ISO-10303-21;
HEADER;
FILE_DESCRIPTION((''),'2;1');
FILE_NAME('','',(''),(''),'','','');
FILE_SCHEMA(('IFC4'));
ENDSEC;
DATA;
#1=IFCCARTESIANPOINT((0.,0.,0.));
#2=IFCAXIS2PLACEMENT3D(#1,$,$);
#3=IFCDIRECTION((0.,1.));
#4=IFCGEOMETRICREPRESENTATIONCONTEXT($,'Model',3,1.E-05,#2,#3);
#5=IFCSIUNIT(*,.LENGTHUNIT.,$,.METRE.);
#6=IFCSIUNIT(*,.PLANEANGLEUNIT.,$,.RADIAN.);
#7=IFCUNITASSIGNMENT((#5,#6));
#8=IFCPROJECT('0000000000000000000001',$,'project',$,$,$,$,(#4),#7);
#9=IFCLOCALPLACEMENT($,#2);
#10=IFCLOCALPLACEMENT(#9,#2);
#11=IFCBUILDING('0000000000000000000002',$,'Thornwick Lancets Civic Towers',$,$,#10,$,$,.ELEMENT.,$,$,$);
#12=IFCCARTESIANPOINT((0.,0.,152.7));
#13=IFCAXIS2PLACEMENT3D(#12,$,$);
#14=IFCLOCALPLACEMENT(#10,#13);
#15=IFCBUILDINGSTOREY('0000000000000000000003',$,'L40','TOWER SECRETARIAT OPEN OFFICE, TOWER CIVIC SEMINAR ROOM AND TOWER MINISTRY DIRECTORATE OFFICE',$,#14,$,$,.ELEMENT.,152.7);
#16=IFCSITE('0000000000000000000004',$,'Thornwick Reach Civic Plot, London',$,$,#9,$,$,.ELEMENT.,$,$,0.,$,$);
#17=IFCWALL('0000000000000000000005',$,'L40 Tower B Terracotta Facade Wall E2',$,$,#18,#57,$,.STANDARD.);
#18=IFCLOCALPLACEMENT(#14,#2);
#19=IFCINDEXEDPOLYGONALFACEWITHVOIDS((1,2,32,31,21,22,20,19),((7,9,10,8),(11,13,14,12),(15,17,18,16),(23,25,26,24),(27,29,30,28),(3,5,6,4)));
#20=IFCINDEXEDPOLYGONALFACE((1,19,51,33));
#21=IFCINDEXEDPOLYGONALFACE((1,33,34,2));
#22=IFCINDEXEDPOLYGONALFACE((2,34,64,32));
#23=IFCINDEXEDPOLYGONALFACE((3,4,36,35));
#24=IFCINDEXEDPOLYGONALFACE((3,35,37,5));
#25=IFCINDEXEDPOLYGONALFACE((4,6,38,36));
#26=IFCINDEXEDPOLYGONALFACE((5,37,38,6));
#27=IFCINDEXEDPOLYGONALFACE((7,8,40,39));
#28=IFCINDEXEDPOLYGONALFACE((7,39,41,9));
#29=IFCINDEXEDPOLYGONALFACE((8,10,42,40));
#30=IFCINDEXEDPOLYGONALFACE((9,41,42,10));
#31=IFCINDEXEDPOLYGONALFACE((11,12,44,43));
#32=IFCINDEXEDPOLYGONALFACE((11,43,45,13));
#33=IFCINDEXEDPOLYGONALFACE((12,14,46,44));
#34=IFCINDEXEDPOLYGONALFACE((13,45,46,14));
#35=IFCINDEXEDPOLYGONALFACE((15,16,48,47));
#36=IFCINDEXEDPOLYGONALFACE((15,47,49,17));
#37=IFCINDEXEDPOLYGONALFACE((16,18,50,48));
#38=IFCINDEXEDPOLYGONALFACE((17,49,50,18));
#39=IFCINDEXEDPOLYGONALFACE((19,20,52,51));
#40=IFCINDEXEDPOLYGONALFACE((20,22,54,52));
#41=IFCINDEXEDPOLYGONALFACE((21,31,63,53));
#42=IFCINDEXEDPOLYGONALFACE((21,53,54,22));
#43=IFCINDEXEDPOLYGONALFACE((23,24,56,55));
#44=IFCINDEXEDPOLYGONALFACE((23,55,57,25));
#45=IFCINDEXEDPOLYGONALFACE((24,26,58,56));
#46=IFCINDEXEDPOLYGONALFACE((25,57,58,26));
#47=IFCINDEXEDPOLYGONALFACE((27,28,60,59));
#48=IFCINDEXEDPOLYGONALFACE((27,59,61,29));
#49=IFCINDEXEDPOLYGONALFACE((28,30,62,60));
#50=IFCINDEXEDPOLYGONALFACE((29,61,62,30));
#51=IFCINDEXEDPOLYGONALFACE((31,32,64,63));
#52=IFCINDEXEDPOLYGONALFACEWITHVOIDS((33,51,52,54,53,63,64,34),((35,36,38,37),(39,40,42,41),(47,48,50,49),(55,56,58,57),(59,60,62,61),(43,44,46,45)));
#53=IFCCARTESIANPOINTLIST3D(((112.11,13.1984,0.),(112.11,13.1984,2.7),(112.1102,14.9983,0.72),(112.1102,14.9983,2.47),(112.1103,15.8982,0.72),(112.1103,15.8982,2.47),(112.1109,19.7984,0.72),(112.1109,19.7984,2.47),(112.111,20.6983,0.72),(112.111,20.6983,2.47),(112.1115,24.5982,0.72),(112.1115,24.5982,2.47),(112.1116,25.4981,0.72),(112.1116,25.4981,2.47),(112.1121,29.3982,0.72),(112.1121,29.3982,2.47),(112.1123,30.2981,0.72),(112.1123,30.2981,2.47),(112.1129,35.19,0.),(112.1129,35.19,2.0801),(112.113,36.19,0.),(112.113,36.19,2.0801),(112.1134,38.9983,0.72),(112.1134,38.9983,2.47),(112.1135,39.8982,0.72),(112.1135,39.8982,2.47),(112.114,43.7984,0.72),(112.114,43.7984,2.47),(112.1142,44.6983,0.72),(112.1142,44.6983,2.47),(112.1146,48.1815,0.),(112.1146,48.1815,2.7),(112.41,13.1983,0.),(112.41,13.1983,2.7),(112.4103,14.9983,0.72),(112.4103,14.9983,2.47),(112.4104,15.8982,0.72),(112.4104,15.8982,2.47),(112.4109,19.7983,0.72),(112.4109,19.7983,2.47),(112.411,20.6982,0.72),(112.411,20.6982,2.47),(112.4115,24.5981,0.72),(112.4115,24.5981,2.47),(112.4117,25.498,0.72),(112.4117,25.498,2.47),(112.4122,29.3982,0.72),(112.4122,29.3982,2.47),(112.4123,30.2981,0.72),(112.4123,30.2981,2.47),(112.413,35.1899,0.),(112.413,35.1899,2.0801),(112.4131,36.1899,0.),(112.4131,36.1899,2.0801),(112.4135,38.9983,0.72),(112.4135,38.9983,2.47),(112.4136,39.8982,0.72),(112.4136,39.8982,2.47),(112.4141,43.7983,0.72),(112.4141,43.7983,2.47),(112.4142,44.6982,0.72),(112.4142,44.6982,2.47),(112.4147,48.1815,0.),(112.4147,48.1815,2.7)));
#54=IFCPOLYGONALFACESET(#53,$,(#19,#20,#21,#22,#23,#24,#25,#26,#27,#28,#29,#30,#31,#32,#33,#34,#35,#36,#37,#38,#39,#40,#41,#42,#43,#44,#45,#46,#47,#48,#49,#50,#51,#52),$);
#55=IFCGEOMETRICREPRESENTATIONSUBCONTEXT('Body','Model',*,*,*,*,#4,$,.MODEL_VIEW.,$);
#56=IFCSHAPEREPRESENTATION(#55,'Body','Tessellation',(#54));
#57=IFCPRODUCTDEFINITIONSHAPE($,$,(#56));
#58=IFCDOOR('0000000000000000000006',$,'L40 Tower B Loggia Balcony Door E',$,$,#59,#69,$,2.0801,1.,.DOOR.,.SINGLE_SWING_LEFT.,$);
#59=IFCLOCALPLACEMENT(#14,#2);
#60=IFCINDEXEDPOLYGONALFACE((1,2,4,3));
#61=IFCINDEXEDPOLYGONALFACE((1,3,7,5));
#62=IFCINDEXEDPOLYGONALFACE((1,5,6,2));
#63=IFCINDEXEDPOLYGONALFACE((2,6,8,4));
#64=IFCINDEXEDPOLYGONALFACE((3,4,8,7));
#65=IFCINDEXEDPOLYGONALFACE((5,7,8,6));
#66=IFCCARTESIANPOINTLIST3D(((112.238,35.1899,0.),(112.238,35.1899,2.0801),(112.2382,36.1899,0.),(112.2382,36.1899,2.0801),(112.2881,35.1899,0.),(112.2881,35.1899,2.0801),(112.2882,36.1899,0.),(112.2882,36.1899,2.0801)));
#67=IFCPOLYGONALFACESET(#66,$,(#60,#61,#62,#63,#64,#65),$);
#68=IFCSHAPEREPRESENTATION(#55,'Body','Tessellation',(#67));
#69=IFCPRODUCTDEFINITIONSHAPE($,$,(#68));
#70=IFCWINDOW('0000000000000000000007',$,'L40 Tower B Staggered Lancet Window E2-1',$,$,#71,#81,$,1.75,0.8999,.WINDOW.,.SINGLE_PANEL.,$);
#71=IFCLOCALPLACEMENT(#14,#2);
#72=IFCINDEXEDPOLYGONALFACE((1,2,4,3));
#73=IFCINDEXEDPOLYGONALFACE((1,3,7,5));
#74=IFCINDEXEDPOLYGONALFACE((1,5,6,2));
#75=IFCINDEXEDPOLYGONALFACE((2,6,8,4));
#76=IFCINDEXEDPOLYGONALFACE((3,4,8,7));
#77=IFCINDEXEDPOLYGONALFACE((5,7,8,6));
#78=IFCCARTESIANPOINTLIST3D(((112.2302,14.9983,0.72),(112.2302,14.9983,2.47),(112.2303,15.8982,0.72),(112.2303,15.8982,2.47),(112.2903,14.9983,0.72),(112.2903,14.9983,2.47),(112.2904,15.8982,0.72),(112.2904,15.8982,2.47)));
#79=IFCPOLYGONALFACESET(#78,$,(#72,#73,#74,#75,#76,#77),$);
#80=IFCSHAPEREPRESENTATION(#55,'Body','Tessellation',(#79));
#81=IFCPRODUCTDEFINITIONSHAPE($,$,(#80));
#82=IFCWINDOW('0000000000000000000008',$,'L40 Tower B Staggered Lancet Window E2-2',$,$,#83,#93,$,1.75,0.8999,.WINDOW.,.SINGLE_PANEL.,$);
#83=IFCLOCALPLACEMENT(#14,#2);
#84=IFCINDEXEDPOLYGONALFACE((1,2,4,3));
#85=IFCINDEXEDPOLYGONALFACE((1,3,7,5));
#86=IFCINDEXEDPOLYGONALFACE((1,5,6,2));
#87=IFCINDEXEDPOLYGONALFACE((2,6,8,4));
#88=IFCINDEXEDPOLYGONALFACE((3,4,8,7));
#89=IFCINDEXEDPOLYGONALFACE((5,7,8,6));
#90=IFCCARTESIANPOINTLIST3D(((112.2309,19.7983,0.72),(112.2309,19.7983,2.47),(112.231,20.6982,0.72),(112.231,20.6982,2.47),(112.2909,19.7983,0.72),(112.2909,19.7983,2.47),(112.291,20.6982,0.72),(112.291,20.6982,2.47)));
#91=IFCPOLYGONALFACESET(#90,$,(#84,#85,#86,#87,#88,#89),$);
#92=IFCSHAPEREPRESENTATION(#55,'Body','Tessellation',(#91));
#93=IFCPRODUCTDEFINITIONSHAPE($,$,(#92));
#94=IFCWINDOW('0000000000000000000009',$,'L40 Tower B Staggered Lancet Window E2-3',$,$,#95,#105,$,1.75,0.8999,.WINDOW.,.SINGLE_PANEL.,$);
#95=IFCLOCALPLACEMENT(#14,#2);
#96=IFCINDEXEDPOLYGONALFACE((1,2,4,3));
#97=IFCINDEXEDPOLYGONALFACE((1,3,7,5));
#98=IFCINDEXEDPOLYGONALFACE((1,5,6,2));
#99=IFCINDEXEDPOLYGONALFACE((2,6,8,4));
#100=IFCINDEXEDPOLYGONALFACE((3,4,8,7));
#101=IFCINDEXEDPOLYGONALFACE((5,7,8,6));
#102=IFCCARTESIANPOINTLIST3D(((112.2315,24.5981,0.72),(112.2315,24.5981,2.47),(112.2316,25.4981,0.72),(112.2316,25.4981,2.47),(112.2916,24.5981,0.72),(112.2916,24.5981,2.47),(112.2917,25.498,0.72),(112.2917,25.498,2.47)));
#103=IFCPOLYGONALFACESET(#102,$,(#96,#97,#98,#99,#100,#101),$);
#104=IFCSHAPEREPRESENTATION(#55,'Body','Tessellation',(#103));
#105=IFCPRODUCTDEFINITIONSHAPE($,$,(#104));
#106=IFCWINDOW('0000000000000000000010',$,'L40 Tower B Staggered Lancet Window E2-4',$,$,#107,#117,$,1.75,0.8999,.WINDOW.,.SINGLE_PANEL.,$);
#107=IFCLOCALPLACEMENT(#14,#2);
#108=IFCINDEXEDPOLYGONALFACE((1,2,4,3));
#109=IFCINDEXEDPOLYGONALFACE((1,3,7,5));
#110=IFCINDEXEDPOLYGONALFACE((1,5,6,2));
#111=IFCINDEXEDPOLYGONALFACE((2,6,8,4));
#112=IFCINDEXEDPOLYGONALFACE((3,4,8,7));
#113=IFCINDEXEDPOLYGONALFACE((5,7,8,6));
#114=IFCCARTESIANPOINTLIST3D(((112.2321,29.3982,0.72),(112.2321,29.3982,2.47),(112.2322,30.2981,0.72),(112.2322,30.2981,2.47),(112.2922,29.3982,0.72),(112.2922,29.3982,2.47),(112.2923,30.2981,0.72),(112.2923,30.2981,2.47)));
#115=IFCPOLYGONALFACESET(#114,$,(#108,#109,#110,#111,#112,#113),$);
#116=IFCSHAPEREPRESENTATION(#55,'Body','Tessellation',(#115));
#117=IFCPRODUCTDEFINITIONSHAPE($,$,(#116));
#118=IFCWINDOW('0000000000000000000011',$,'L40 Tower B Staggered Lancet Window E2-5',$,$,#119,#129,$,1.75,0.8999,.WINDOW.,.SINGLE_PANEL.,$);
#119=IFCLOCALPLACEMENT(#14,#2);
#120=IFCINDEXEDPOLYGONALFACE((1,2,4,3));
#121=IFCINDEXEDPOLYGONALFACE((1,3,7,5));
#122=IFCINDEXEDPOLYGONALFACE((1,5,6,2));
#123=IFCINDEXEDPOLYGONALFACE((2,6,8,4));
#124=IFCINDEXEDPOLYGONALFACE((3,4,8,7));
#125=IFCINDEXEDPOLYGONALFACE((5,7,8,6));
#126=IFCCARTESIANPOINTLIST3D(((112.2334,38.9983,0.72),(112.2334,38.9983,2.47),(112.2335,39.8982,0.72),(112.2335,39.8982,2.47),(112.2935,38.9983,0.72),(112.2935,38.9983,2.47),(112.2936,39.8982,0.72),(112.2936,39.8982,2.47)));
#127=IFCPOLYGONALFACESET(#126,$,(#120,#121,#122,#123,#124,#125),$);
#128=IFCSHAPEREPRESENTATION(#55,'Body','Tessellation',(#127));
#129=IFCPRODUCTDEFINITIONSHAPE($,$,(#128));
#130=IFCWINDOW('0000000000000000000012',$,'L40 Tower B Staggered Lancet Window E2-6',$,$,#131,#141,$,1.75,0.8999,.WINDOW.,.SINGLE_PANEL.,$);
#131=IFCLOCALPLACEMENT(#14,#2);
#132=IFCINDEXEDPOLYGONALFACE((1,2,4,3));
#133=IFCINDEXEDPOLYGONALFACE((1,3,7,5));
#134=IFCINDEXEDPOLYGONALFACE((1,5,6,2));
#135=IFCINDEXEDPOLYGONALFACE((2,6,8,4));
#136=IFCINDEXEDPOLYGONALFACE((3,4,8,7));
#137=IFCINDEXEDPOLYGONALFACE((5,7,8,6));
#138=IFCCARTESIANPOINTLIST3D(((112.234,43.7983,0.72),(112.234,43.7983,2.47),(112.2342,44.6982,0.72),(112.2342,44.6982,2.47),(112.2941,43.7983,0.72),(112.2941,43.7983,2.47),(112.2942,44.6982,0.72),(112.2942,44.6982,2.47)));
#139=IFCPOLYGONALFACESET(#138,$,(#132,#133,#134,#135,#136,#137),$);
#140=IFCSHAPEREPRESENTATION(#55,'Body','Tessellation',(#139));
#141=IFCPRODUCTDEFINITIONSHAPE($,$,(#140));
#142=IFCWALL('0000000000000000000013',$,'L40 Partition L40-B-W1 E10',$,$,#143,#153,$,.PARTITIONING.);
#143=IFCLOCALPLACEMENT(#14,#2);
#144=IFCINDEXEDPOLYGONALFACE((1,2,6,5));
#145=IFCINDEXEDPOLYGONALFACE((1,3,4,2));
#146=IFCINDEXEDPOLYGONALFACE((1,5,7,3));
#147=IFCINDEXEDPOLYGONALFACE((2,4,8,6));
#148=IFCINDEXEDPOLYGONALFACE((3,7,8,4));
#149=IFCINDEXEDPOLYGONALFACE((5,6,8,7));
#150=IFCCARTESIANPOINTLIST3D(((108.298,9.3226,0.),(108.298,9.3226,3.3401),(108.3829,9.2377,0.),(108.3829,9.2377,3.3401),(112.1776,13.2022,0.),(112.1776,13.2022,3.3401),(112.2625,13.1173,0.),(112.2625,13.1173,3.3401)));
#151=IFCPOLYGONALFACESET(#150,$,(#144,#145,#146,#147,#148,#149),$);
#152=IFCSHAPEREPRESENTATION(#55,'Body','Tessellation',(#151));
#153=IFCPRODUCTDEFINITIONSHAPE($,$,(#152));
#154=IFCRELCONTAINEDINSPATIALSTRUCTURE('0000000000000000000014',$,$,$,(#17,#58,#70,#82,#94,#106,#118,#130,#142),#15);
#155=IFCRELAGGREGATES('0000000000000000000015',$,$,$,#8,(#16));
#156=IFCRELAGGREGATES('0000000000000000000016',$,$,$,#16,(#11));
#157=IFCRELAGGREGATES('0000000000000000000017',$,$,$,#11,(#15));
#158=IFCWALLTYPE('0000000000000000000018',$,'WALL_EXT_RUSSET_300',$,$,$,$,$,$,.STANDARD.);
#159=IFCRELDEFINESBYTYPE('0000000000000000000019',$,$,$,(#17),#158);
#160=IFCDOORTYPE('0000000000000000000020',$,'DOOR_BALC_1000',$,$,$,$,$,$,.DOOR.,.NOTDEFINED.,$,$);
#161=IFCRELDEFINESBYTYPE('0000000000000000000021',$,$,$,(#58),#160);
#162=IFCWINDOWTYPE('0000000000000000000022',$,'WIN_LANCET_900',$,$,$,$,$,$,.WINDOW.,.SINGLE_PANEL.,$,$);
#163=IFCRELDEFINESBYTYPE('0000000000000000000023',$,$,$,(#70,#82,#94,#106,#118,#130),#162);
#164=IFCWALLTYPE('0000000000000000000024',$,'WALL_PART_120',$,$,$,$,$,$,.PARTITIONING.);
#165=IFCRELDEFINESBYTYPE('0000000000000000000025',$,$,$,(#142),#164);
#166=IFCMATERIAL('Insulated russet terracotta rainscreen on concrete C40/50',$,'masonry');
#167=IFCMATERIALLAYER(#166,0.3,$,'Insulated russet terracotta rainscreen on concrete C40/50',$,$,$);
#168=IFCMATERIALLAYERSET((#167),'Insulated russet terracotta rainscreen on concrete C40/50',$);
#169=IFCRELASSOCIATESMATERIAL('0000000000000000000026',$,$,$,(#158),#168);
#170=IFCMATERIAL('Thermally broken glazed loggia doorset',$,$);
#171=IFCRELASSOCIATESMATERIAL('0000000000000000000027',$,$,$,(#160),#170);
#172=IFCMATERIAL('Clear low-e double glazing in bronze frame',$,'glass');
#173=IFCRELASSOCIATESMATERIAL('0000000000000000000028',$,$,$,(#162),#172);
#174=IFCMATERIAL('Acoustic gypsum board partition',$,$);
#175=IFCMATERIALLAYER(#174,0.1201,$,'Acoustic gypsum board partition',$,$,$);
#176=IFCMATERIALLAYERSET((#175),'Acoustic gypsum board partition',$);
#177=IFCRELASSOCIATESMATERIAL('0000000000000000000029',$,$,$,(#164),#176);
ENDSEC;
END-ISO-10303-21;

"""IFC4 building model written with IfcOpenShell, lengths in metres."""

from ifc_helpers import new_model, si_unit, direction, frame, frame_2d, origin, place, context, subcontext, project, spatial, rectangle, extrude, material, layer, layer_set, type_object, element, fill, save


model = new_model("IFC4")

# Units and contexts
model_context = context("Model", 3, precision=1e-05, world=origin(), true_north=direction((0.0, 1.0)))
body_context = subcontext(model_context, "Body", "Model", "MODEL_VIEW")
ifc_project = project(units=[si_unit("LENGTHUNIT", "METRE"), si_unit("PLANEANGLEUNIT", "RADIAN")], contexts=[model_context])

# Site, building, storey
site_placement = place(None, origin())
site = spatial("IfcSite", under=ifc_project, at=site_placement, Name="Thornwick Reach Civic Plot, London", CompositionType="ELEMENT", RefElevation=0.0)
building_placement = place(site_placement, origin())
building = spatial("IfcBuilding", under=site, at=building_placement, Name="Thornwick Lancets Civic Towers", CompositionType="ELEMENT")
storey_placement = place(building_placement, frame((0.0, 0.0, 152.7)))
storey = spatial("IfcBuildingStorey", under=building, at=storey_placement, Name="L40", Description="TOWER SECRETARIAT OPEN OFFICE, TOWER CIVIC SEMINAR ROOM AND TOWER MINISTRY DIRECTORATE OFFICE", CompositionType="ELEMENT", Elevation=152.7)

# Wall, openings, door, windows
ifc_material_1 = material(Name="Insulated russet terracotta rainscreen on concrete C40/50", Category="masonry")
ifc_layer_1 = layer(ifc_material_1, 0.3, Name="Insulated russet terracotta rainscreen on concrete C40/50")
ifc_layer_set_1 = layer_set([ifc_layer_1], Name="Insulated russet terracotta rainscreen on concrete C40/50")
wall_type_1 = type_object("IfcWallType", Name="WALL_EXT_RUSSET_300", PredefinedType="STANDARD", material=ifc_layer_set_1)
wall_1_placement = place(storey_placement, frame((112.26, 13.1982, 0.0), z_axis=(0.0, 0.0, 1.0), x_axis=(0.000133, 1.0, 0.0)))
wall_1 = element("IfcWall", 1, at=wall_1_placement, inside=storey, type_object=wall_type_1, Name="L40 Tower B Terracotta Facade Wall E2", PredefinedType="STANDARD", context=body_context, shape_type="SweptSolid", body=[
    extrude(rectangle(XDim=34.9832, YDim=0.3, at=frame_2d((17.4917, 0.0))), origin(), (0.0, 0.0, 1.0), 2.7),
])
opening_1_placement = place(wall_1_placement, frame((21.9917, 0.0, 0.0)))
opening_1 = element("IfcOpeningElement", 2, at=opening_1_placement, cuts=wall_1, PredefinedType="OPENING", context=body_context, shape_type="SweptSolid", body=[
    extrude(rectangle(XDim=1.0, YDim=2.0801, at=frame_2d((0.5, 1.04))), frame((0.0, 0.1602, 0.0), z_axis=(0.0, -1.0, 0.0), x_axis=(1.0, 0.0, 0.0)), (0.0, 0.0, 1.0), 0.3201),
])
opening_2_placement = place(wall_1_placement, frame((1.8, 0.0, 0.72)))
opening_2 = element("IfcOpeningElement", 3, at=opening_2_placement, cuts=wall_1, PredefinedType="OPENING", context=body_context, shape_type="SweptSolid", body=[
    extrude(rectangle(XDim=0.8999, YDim=1.75, at=frame_2d((0.45, 0.875))), frame((0.0, 0.1602, 0.0), z_axis=(0.0, -1.0, 0.0), x_axis=(1.0, 0.0, 0.0)), (0.0, 0.0, 1.0), 0.3201),
])
opening_3_placement = place(wall_1_placement, frame((6.6001, 0.0, 0.72)))
opening_3 = element("IfcOpeningElement", 4, at=opening_3_placement, cuts=wall_1, PredefinedType="OPENING", context=body_context, shape_type="SweptSolid", body=[
    extrude(rectangle(XDim=0.8999, YDim=1.75, at=frame_2d((0.45, 0.875))), frame((0.0, 0.1602, 0.0), z_axis=(0.0, -1.0, 0.0), x_axis=(1.0, 0.0, 0.0)), (0.0, 0.0, 1.0), 0.3201),
])
opening_4_placement = place(wall_1_placement, frame((11.3999, 0.0, 0.72)))
opening_4 = element("IfcOpeningElement", 5, at=opening_4_placement, cuts=wall_1, PredefinedType="OPENING", context=body_context, shape_type="SweptSolid", body=[
    extrude(rectangle(XDim=0.8999, YDim=1.75, at=frame_2d((0.45, 0.875))), frame((0.0, 0.1602, 0.0), z_axis=(0.0, -1.0, 0.0), x_axis=(1.0, 0.0, 0.0)), (0.0, 0.0, 1.0), 0.3201),
])
opening_5_placement = place(wall_1_placement, frame((16.2, 0.0, 0.72)))
opening_5 = element("IfcOpeningElement", 6, at=opening_5_placement, cuts=wall_1, PredefinedType="OPENING", context=body_context, shape_type="SweptSolid", body=[
    extrude(rectangle(XDim=0.8999, YDim=1.75, at=frame_2d((0.45, 0.875))), frame((0.0, 0.1602, 0.0), z_axis=(0.0, -1.0, 0.0), x_axis=(1.0, 0.0, 0.0)), (0.0, 0.0, 1.0), 0.3201),
])
opening_6_placement = place(wall_1_placement, frame((25.8, 0.0, 0.72)))
opening_6 = element("IfcOpeningElement", 7, at=opening_6_placement, cuts=wall_1, PredefinedType="OPENING", context=body_context, shape_type="SweptSolid", body=[
    extrude(rectangle(XDim=0.8999, YDim=1.75, at=frame_2d((0.45, 0.875))), frame((0.0, 0.1602, 0.0), z_axis=(0.0, -1.0, 0.0), x_axis=(1.0, 0.0, 0.0)), (0.0, 0.0, 1.0), 0.3201),
])
opening_7_placement = place(wall_1_placement, frame((30.6001, 0.0, 0.72)))
opening_7 = element("IfcOpeningElement", 8, at=opening_7_placement, cuts=wall_1, PredefinedType="OPENING", context=body_context, shape_type="SweptSolid", body=[
    extrude(rectangle(XDim=0.8999, YDim=1.75, at=frame_2d((0.45, 0.875))), frame((0.0, 0.1602, 0.0), z_axis=(0.0, -1.0, 0.0), x_axis=(1.0, 0.0, 0.0)), (0.0, 0.0, 1.0), 0.3201),
])
ifc_material_2 = material(Name="Thermally broken glazed loggia doorset")
door_type = type_object("IfcDoorType", Name="DOOR_BALC_1000", OperationType="NOTDEFINED", PredefinedType="DOOR", material=ifc_material_2)
door_placement = place(opening_1_placement, origin())
door = element("IfcDoor", 9, at=door_placement, inside=storey, type_object=door_type, Name="L40 Tower B Loggia Balcony Door E", OperationType="SINGLE_SWING_LEFT", OverallHeight=2.0801, OverallWidth=1.0, PredefinedType="DOOR", context=body_context, shape_type="SweptSolid", body=[
    extrude(rectangle(XDim=1.0, YDim=2.0801, at=frame_2d((0.5, 1.04))), frame((0.0, 0.0249, 0.0), z_axis=(0.0, -1.0, 0.0), x_axis=(1.0, 0.0, 0.0)), (0.0, 0.0, 1.0), 0.05),
])
fill(opening_1, door)
ifc_material_3 = material(Name="Clear low-e double glazing in bronze frame", Category="glass")
window_type = type_object("IfcWindowType", Name="WIN_LANCET_900", PartitioningType="SINGLE_PANEL", PredefinedType="WINDOW", material=ifc_material_3)
window_1_placement = place(opening_2_placement, origin())
window_1 = element("IfcWindow", 10, at=window_1_placement, inside=storey, type_object=window_type, Name="L40 Tower B Staggered Lancet Window E2-1", OverallHeight=1.75, OverallWidth=0.8999, PartitioningType="SINGLE_PANEL", PredefinedType="WINDOW", context=body_context, shape_type="SweptSolid", body=[
    extrude(rectangle(XDim=0.8999, YDim=1.75, at=frame_2d((0.45, 0.875))), frame((0.0, 0.03, 0.0), z_axis=(0.0, -1.0, 0.0), x_axis=(1.0, 0.0, 0.0)), (0.0, 0.0, 1.0), 0.0601),
])
fill(opening_2, window_1)
window_2_placement = place(opening_3_placement, origin())
window_2 = element("IfcWindow", 11, at=window_2_placement, inside=storey, type_object=window_type, Name="L40 Tower B Staggered Lancet Window E2-2", OverallHeight=1.75, OverallWidth=0.8999, PartitioningType="SINGLE_PANEL", PredefinedType="WINDOW", context=body_context, shape_type="SweptSolid", body=[
    extrude(rectangle(XDim=0.8999, YDim=1.75, at=frame_2d((0.45, 0.875))), frame((0.0, 0.03, 0.0), z_axis=(0.0, -1.0, 0.0), x_axis=(1.0, 0.0, 0.0)), (0.0, 0.0, 1.0), 0.0601),
])
fill(opening_3, window_2)
window_3_placement = place(opening_4_placement, origin())
window_3 = element("IfcWindow", 12, at=window_3_placement, inside=storey, type_object=window_type, Name="L40 Tower B Staggered Lancet Window E2-3", OverallHeight=1.75, OverallWidth=0.8999, PartitioningType="SINGLE_PANEL", PredefinedType="WINDOW", context=body_context, shape_type="SweptSolid", body=[
    extrude(rectangle(XDim=0.8999, YDim=1.75, at=frame_2d((0.45, 0.875))), frame((0.0, 0.03, 0.0), z_axis=(0.0, -1.0, 0.0), x_axis=(1.0, 0.0, 0.0)), (0.0, 0.0, 1.0), 0.0601),
])
fill(opening_4, window_3)
window_4_placement = place(opening_5_placement, origin())
window_4 = element("IfcWindow", 13, at=window_4_placement, inside=storey, type_object=window_type, Name="L40 Tower B Staggered Lancet Window E2-4", OverallHeight=1.75, OverallWidth=0.8999, PartitioningType="SINGLE_PANEL", PredefinedType="WINDOW", context=body_context, shape_type="SweptSolid", body=[
    extrude(rectangle(XDim=0.8999, YDim=1.75, at=frame_2d((0.45, 0.875))), frame((0.0, 0.03, 0.0), z_axis=(0.0, -1.0, 0.0), x_axis=(1.0, 0.0, 0.0)), (0.0, 0.0, 1.0), 0.0601),
])
fill(opening_5, window_4)
window_5_placement = place(opening_6_placement, origin())
window_5 = element("IfcWindow", 14, at=window_5_placement, inside=storey, type_object=window_type, Name="L40 Tower B Staggered Lancet Window E2-5", OverallHeight=1.75, OverallWidth=0.8999, PartitioningType="SINGLE_PANEL", PredefinedType="WINDOW", context=body_context, shape_type="SweptSolid", body=[
    extrude(rectangle(XDim=0.8999, YDim=1.75, at=frame_2d((0.45, 0.875))), frame((0.0, 0.03, 0.0), z_axis=(0.0, -1.0, 0.0), x_axis=(1.0, 0.0, 0.0)), (0.0, 0.0, 1.0), 0.0601),
])
fill(opening_6, window_5)
window_6_placement = place(opening_7_placement, origin())
window_6 = element("IfcWindow", 15, at=window_6_placement, inside=storey, type_object=window_type, Name="L40 Tower B Staggered Lancet Window E2-6", OverallHeight=1.75, OverallWidth=0.8999, PartitioningType="SINGLE_PANEL", PredefinedType="WINDOW", context=body_context, shape_type="SweptSolid", body=[
    extrude(rectangle(XDim=0.8999, YDim=1.75, at=frame_2d((0.45, 0.875))), frame((0.0, 0.03, 0.0), z_axis=(0.0, -1.0, 0.0), x_axis=(1.0, 0.0, 0.0)), (0.0, 0.0, 1.0), 0.0601),
])
fill(opening_7, window_6)

# Wall
ifc_material_4 = material(Name="Acoustic gypsum board partition")
ifc_layer_2 = layer(ifc_material_4, 0.1201, Name="Acoustic gypsum board partition")
ifc_layer_set_2 = layer_set([ifc_layer_2], Name="Acoustic gypsum board partition")
wall_type_2 = type_object("IfcWallType", Name="WALL_PART_120", PredefinedType="PARTITIONING", material=ifc_layer_set_2)
wall_2_placement = place(storey_placement, frame((112.22, 13.1597, 0.0), z_axis=(0.0, 0.0, 1.0), x_axis=(-0.707107, -0.707107, 0.0)))
element("IfcWall", 16, at=wall_2_placement, inside=storey, type_object=wall_type_2, Name="L40 Partition L40-B-W1 E10", PredefinedType="PARTITIONING", context=body_context, shape_type="SweptSolid", body=[
    extrude(rectangle(XDim=5.4866, YDim=0.1201, at=frame_2d((2.7432, 0.0))), origin(), (0.0, 0.0, 1.0), 3.3401),
])

save(model, "model.ifc")
